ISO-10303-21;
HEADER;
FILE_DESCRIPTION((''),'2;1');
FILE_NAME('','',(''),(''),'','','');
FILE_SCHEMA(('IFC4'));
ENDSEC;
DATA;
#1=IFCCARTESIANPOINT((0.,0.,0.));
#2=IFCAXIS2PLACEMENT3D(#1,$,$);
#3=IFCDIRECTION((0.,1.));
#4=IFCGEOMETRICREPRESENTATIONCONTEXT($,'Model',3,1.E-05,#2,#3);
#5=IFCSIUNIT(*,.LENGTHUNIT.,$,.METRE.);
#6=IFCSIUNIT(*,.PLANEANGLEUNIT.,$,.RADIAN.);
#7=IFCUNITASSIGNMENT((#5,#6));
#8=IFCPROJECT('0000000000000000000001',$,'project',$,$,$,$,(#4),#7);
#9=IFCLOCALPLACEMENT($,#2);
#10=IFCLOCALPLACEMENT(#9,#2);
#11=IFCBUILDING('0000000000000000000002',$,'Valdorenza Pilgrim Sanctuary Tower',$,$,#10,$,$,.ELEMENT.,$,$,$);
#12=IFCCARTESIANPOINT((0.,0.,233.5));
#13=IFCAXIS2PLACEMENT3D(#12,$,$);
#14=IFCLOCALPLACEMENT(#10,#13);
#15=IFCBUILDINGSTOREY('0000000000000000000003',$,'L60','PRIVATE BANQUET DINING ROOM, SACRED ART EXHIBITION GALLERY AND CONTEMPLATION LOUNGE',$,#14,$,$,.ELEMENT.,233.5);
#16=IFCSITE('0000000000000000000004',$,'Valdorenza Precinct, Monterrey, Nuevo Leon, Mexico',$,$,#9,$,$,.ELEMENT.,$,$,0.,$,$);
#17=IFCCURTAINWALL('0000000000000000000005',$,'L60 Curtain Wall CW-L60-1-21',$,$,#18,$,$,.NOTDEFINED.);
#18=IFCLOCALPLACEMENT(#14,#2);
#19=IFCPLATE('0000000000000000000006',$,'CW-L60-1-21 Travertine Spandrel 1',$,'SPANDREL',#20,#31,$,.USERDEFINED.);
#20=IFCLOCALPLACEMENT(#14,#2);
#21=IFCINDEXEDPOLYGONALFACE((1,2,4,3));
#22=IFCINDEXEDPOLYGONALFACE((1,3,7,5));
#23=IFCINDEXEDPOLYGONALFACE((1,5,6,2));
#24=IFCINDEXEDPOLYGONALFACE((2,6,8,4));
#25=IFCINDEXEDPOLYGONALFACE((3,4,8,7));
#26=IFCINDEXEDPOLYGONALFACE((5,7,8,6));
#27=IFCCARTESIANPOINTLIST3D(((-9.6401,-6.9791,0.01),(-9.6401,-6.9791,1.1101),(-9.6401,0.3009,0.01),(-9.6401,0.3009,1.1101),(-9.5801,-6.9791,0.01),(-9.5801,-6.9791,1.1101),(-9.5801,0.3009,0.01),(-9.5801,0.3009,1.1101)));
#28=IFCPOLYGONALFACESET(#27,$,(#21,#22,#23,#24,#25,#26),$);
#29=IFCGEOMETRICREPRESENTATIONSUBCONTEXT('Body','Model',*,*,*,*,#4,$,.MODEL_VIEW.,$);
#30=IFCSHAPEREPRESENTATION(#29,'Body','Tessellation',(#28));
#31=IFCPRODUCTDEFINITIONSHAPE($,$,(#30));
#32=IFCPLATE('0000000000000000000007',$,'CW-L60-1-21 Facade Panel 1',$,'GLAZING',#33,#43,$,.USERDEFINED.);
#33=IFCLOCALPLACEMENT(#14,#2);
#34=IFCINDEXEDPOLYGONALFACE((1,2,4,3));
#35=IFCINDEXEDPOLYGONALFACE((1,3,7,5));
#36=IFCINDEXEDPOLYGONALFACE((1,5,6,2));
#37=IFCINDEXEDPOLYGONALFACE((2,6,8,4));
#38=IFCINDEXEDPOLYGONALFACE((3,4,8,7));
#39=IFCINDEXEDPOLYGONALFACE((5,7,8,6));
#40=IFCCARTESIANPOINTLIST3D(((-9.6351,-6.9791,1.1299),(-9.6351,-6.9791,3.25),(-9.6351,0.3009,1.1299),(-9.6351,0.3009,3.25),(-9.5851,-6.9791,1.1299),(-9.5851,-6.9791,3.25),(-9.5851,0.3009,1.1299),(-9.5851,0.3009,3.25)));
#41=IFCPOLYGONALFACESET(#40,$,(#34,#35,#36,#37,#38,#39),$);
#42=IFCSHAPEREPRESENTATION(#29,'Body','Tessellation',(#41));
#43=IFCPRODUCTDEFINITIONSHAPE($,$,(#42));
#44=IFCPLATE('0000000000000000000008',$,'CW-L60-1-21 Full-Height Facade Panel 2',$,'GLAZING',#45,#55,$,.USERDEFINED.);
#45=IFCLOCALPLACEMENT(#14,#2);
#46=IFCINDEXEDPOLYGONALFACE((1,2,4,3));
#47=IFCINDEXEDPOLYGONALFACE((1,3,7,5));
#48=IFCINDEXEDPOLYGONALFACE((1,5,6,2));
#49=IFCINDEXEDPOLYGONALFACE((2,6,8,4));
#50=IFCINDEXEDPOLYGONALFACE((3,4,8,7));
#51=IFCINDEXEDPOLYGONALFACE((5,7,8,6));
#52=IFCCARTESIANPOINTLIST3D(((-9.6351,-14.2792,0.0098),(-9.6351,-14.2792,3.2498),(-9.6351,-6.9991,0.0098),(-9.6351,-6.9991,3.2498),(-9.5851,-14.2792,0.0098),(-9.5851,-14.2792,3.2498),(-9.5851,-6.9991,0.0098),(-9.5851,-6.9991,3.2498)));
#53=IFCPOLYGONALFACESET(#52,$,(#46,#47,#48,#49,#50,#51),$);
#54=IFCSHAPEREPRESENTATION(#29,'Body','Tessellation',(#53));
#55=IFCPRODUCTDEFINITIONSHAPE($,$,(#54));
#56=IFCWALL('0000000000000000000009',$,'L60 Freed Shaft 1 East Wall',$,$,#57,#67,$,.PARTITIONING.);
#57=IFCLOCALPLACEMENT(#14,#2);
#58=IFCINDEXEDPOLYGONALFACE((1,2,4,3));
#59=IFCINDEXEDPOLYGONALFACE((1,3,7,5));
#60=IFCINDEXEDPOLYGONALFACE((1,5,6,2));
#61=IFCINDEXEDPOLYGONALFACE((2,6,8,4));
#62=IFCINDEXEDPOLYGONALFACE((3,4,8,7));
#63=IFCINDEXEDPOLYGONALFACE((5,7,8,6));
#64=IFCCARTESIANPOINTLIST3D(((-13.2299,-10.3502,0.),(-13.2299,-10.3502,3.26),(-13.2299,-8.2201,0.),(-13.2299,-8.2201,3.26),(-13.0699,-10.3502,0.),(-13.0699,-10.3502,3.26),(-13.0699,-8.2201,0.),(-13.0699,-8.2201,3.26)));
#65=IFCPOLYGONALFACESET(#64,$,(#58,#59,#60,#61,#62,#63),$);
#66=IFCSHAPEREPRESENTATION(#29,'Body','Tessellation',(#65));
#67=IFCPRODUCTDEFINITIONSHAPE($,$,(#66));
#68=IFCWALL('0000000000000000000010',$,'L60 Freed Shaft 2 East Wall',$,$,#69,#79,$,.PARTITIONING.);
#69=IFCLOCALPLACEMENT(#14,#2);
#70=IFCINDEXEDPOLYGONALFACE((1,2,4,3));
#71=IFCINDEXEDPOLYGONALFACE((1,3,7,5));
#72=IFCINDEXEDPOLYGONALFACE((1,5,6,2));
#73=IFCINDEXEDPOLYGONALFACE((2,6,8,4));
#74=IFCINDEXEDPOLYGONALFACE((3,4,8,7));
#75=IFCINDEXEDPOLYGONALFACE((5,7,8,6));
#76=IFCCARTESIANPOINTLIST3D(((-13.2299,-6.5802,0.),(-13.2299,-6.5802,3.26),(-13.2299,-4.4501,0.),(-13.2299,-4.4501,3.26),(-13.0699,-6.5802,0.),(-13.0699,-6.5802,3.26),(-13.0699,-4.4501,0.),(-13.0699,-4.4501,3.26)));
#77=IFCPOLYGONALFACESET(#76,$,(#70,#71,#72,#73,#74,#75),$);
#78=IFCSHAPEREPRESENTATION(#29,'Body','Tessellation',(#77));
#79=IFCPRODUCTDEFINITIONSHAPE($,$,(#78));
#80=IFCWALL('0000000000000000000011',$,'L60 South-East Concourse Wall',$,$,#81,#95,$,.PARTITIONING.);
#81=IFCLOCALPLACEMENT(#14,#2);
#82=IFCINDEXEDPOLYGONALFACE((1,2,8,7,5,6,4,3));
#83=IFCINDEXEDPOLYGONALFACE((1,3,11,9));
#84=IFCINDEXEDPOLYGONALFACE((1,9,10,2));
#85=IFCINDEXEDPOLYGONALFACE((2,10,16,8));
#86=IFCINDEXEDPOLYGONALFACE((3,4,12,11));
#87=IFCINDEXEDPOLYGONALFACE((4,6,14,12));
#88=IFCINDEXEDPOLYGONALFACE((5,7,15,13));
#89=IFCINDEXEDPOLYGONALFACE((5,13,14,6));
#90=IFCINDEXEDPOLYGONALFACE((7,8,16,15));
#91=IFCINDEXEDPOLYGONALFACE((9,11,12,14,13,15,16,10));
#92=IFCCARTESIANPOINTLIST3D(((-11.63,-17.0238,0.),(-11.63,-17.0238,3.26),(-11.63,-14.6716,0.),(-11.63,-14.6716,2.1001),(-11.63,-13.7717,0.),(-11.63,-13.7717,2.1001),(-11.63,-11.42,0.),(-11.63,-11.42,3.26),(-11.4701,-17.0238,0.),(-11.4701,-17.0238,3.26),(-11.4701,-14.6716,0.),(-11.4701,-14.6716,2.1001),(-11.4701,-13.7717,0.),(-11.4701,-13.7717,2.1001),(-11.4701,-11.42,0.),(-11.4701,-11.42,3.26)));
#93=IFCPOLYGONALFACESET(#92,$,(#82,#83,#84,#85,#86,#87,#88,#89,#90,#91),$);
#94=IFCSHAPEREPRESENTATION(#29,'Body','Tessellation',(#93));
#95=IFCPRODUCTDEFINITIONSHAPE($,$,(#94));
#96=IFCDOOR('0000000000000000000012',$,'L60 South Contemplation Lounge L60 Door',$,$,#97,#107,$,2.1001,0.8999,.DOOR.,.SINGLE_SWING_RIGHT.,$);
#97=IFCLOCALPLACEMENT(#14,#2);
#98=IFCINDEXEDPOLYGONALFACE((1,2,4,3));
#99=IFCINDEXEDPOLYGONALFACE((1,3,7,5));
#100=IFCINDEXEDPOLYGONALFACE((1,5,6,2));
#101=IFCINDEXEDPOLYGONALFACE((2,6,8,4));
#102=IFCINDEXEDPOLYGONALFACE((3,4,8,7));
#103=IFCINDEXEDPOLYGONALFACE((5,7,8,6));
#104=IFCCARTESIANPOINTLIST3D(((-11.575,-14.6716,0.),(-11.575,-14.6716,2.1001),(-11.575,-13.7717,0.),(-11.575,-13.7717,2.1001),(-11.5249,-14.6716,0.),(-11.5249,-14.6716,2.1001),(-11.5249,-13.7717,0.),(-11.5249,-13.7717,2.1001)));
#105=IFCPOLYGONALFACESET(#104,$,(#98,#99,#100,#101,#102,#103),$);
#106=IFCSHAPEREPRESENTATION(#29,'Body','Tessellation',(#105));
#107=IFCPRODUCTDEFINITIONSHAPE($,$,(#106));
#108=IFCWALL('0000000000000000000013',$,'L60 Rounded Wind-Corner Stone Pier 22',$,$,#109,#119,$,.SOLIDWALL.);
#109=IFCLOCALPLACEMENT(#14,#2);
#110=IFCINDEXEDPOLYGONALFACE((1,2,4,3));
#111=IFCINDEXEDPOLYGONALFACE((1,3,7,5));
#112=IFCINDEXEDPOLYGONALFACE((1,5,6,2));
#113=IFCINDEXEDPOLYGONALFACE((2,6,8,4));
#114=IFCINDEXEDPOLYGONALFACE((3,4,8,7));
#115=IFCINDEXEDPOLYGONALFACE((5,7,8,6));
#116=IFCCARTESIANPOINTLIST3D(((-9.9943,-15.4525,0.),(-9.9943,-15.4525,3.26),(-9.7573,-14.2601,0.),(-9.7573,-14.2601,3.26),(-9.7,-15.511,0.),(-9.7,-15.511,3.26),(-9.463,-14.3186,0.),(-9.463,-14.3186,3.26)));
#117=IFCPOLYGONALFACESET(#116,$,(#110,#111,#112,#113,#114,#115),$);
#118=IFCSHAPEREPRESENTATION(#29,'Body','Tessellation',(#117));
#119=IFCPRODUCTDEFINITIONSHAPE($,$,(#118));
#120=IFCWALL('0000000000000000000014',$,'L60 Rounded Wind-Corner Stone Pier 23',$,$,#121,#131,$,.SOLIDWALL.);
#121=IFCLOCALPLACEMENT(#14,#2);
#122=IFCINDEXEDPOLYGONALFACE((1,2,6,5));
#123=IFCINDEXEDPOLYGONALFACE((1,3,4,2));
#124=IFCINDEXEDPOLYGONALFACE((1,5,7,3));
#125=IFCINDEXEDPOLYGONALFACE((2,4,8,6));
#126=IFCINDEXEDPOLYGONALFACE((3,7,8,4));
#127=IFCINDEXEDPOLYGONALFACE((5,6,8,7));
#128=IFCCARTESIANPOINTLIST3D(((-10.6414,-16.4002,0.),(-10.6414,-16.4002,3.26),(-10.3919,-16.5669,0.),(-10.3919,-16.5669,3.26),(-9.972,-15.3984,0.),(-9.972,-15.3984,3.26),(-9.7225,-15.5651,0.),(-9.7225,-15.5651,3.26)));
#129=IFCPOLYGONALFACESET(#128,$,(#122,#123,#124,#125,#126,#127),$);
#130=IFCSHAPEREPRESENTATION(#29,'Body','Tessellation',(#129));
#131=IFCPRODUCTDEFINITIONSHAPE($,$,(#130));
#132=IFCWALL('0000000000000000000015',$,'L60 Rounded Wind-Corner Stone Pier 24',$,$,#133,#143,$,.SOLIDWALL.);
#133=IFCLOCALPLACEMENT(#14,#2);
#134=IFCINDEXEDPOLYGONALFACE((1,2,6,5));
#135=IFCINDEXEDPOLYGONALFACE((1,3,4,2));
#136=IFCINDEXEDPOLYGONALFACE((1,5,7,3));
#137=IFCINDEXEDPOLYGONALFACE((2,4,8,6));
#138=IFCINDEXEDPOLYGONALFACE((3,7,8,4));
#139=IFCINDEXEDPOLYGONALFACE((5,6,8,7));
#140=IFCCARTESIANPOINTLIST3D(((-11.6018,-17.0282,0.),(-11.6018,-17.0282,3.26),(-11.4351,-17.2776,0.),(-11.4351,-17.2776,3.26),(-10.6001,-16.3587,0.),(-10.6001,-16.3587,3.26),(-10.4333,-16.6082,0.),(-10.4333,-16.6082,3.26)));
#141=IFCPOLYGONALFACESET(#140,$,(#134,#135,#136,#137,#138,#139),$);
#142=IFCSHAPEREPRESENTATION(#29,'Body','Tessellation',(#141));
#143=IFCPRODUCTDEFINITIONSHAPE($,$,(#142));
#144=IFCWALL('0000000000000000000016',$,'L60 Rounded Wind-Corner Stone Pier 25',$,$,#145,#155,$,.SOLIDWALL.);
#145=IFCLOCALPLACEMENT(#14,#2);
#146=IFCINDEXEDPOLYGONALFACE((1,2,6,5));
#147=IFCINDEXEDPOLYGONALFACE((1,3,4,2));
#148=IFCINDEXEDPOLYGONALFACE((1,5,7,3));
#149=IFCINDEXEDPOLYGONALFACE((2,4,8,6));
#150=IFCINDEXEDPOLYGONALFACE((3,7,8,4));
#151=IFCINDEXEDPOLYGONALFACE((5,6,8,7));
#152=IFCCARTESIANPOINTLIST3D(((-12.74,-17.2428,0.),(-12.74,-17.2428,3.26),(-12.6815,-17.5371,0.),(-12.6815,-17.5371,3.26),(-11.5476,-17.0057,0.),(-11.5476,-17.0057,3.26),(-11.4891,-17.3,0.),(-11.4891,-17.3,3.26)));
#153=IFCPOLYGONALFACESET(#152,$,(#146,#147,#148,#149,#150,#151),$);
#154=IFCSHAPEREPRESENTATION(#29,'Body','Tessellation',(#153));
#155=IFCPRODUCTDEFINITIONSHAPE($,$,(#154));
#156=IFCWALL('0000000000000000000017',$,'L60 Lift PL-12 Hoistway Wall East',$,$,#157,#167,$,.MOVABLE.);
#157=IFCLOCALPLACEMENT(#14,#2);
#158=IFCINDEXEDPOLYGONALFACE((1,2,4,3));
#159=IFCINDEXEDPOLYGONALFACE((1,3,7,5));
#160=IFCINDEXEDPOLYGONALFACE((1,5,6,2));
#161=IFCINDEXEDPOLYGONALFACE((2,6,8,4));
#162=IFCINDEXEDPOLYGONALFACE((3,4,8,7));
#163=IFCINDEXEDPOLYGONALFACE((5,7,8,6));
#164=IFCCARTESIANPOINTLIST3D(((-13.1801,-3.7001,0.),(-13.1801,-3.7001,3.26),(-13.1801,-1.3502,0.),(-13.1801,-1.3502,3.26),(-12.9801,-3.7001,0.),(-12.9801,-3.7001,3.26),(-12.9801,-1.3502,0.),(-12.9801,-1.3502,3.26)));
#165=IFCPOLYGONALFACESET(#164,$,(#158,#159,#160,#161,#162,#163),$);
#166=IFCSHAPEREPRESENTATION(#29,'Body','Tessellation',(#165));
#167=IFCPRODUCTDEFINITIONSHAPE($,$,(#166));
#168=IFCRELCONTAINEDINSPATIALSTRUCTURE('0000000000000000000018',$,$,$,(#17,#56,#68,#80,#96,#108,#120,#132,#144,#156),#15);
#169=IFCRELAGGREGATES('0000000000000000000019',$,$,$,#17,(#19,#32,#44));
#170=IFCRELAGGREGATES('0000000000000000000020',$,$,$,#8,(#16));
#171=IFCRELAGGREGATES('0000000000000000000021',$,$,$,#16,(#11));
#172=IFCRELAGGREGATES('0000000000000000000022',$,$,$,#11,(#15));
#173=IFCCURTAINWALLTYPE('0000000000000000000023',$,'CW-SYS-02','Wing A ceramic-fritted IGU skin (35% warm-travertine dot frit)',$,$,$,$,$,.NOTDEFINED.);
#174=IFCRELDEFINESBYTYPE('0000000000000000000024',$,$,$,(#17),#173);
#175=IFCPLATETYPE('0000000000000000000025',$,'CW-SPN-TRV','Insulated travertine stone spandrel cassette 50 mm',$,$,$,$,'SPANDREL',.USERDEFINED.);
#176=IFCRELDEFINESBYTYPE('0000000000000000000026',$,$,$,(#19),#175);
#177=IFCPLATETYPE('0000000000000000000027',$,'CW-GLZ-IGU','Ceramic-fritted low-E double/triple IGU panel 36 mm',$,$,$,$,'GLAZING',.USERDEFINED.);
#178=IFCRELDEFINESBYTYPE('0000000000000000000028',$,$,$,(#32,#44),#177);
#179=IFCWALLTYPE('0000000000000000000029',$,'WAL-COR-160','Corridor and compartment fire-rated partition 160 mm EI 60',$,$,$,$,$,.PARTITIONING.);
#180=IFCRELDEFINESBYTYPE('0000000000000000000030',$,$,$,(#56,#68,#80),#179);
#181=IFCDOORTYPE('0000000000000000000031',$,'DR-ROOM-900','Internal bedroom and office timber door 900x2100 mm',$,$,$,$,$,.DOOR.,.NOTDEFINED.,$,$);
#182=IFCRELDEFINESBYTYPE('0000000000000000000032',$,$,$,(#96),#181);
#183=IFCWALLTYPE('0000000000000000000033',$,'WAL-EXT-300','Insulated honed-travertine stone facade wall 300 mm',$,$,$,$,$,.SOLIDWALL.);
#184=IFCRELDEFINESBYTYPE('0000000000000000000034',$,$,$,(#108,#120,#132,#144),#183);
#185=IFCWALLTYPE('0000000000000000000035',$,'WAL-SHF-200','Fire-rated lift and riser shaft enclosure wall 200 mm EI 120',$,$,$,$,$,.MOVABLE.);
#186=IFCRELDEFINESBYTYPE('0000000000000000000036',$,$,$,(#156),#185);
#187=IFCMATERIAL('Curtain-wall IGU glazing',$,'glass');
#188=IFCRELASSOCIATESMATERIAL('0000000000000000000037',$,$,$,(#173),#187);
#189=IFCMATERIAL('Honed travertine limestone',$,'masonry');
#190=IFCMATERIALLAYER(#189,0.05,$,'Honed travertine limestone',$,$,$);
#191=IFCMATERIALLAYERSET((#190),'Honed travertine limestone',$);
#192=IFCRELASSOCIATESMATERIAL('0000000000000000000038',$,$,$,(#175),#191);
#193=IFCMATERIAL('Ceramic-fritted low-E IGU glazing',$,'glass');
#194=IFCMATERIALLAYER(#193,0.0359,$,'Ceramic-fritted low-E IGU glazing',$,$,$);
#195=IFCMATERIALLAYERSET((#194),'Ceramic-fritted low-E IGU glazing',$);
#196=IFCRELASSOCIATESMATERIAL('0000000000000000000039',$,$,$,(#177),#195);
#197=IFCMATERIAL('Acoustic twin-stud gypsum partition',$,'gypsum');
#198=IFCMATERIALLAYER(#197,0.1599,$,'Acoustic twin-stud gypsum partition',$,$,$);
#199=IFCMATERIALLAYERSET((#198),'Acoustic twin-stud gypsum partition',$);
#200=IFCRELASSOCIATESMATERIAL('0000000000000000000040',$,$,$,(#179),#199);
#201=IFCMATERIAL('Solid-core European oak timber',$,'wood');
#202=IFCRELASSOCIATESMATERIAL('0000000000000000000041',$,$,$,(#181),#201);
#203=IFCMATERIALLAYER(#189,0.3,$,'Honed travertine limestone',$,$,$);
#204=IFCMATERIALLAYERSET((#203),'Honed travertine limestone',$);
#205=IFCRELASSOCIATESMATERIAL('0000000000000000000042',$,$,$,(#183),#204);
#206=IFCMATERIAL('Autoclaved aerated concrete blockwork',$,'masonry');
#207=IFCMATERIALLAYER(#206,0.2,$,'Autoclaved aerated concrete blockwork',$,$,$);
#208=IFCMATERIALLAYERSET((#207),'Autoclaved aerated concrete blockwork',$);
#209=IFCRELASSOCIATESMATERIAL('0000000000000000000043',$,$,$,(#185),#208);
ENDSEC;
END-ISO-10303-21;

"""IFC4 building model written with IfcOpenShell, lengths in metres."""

from ifc_helpers import new_model, si_unit, direction, frame, frame_2d, origin, origin_2d, place, context, subcontext, project, spatial, rectangle, extrude, source, transform, mapped, material, layer, layer_set, type_object, element, fill, aggregate, save


model = new_model("IFC4")

# Units and contexts
model_context = context("Model", 3, precision=1e-05, world=origin(), true_north=direction((0.0, 1.0)))
body_context = subcontext(model_context, "Body", "Model", "MODEL_VIEW")
ifc_project = project(units=[si_unit("LENGTHUNIT", "METRE"), si_unit("PLANEANGLEUNIT", "RADIAN")], contexts=[model_context])

# Site, building, storey
site_placement = place(None, origin())
site = spatial("IfcSite", under=ifc_project, at=site_placement, Name="Valdorenza Precinct, Monterrey, Nuevo Leon, Mexico", CompositionType="ELEMENT", RefElevation=0.0)
building_placement = place(site_placement, origin())
building = spatial("IfcBuilding", under=site, at=building_placement, Name="Valdorenza Pilgrim Sanctuary Tower", CompositionType="ELEMENT")
storey_placement = place(building_placement, frame((0.0, 0.0, 233.5)))
storey = spatial("IfcBuildingStorey", under=building, at=storey_placement, Name="L60", Description="PRIVATE BANQUET DINING ROOM, SACRED ART EXHIBITION GALLERY AND CONTEMPLATION LOUNGE", CompositionType="ELEMENT", Elevation=233.5)

# Shared definitions
ifc_material_1 = material(Name="Curtain-wall IGU glazing", Category="glass")
curtain_wall_type = type_object("IfcCurtainWallType", Name="CW-SYS-02", Description="Wing A ceramic-fritted IGU skin (35% warm-travertine dot frit)", PredefinedType="NOTDEFINED", material=ifc_material_1)

# Curtain wall
curtain_wall_1_placement = place(storey_placement, origin())
curtain_wall_1 = element("IfcCurtainWall", 1, at=curtain_wall_1_placement, inside=storey, type_object=curtain_wall_type, Name="L60 Curtain Wall CW-L60-1-21", PredefinedType="NOTDEFINED")

# Plates
ifc_material_2 = material(Name="Honed travertine limestone", Category="masonry")
ifc_layer_1 = layer(ifc_material_2, 0.05, Name="Honed travertine limestone")
ifc_layer_set_1 = layer_set([ifc_layer_1], Name="Honed travertine limestone")
plate_type_1 = type_object("IfcPlateType", Name="CW-SPN-TRV", Description="Insulated travertine stone spandrel cassette 50 mm", ElementType="SPANDREL", PredefinedType="USERDEFINED", material=ifc_layer_set_1)
shared_shape_1 = source(origin(), body_context, "Body", "SweptSolid", [
    extrude(rectangle(XDim=7.28, YDim=0.0601, at=origin_2d()), origin(), (0.0, 0.0, 1.0), 1.1001),
])
plate_1_placement = place(storey_placement, frame((-9.6101, -3.3391, 0.01), z_axis=(0.0, 0.0, 1.0), x_axis=(0.0, -1.0, 0.0)))
plate_1 = element("IfcPlate", 2, at=plate_1_placement, type_object=plate_type_1, Name="CW-L60-1-21 Travertine Spandrel 1", ObjectType="SPANDREL", PredefinedType="USERDEFINED", context=body_context, shape_type="MappedRepresentation", body=[
    mapped(shared_shape_1, transform((0.0, 0.0, 0.0), x_axis=(1.0, 0.0, 0.0), y_axis=(0.0, 1.0, 0.0), z_axis=(0.0, 0.0, 1.0), scale=1.0)),
])
ifc_material_3 = material(Name="Ceramic-fritted low-E IGU glazing", Category="glass")
ifc_layer_2 = layer(ifc_material_3, 0.0359, Name="Ceramic-fritted low-E IGU glazing")
ifc_layer_set_2 = layer_set([ifc_layer_2], Name="Ceramic-fritted low-E IGU glazing")
plate_type_2 = type_object("IfcPlateType", Name="CW-GLZ-IGU", Description="Ceramic-fritted low-E double/triple IGU panel 36 mm", ElementType="GLAZING", PredefinedType="USERDEFINED", material=ifc_layer_set_2)
shared_shape_2 = source(origin(), body_context, "Body", "SweptSolid", [
    extrude(rectangle(XDim=7.28, YDim=0.05, at=origin_2d()), origin(), (0.0, 0.0, 1.0), 2.1201),
])
plate_2_placement = place(storey_placement, frame((-9.6101, -3.3391, 1.1299), z_axis=(0.0, 0.0, 1.0), x_axis=(0.0, -1.0, 0.0)))
plate_2 = element("IfcPlate", 3, at=plate_2_placement, type_object=plate_type_2, Name="CW-L60-1-21 Facade Panel 1", ObjectType="GLAZING", PredefinedType="USERDEFINED", context=body_context, shape_type="MappedRepresentation", body=[
    mapped(shared_shape_2, transform((0.0, 0.0, 0.0), x_axis=(1.0, 0.0, 0.0), y_axis=(0.0, 1.0, 0.0), z_axis=(0.0, 0.0, 1.0), scale=1.0)),
])
shared_shape_3 = source(origin(), body_context, "Body", "SweptSolid", [
    extrude(rectangle(XDim=7.28, YDim=0.05, at=origin_2d()), origin(), (0.0, 0.0, 1.0), 3.24),
])
plate_3_placement = place(storey_placement, frame((-9.6101, -10.6392, 0.0098), z_axis=(0.0, 0.0, 1.0), x_axis=(0.0, -1.0, 0.0)))
plate_3 = element("IfcPlate", 4, at=plate_3_placement, type_object=plate_type_2, Name="CW-L60-1-21 Full-Height Facade Panel 2", ObjectType="GLAZING", PredefinedType="USERDEFINED", context=body_context, shape_type="MappedRepresentation", body=[
    mapped(shared_shape_3, transform((0.0, 0.0, 0.0), x_axis=(1.0, 0.0, 0.0), y_axis=(0.0, 1.0, 0.0), z_axis=(0.0, 0.0, 1.0), scale=1.0)),
])
aggregate(curtain_wall_1, [plate_1, plate_2, plate_3])

# Walls
ifc_material_4 = material(Name="Acoustic twin-stud gypsum partition", Category="gypsum")
ifc_layer_3 = layer(ifc_material_4, 0.1599, Name="Acoustic twin-stud gypsum partition")
ifc_layer_set_3 = layer_set([ifc_layer_3], Name="Acoustic twin-stud gypsum partition")
wall_type_1 = type_object("IfcWallType", Name="WAL-COR-160", Description="Corridor and compartment fire-rated partition 160 mm EI 60", PredefinedType="PARTITIONING", material=ifc_layer_set_3)
for number, where, z_axis, x_axis, name in (
    (5, (-13.1499, -10.3501, 0.0), (0.0, 0.0, 1.0), (0.0, 1.0, 0.0), "L60 Freed Shaft 1 East Wall"),
    (6, (-13.1499, -6.5801, 0.0), (0.0, 0.0, 1.0), (0.0, 1.0, 0.0), "L60 Freed Shaft 2 East Wall"),
):
    element("IfcWall", number, at=place(storey_placement, frame(where, z_axis=z_axis, x_axis=x_axis)), inside=storey, type_object=wall_type_1, Name=name, PredefinedType="PARTITIONING", context=body_context, shape_type="SweptSolid", body=[
        extrude(rectangle(XDim=2.1301, YDim=0.1599, at=frame_2d((1.0649, 0.0))), origin(), (0.0, 0.0, 1.0), 3.26),
    ])

# Wall, opening, door
wall_1_placement = place(storey_placement, frame((-11.55, -17.0237, 0.0), z_axis=(0.0, 0.0, 1.0), x_axis=(0.0, 1.0, 0.0)))
wall_1 = element("IfcWall", 7, at=wall_1_placement, inside=storey, type_object=wall_type_1, Name="L60 South-East Concourse Wall", PredefinedType="PARTITIONING", context=body_context, shape_type="SweptSolid", body=[
    extrude(rectangle(XDim=5.6038, YDim=0.1599, at=frame_2d((2.8018, 0.0))), origin(), (0.0, 0.0, 1.0), 3.26),
])
opening_placement = place(wall_1_placement, frame((2.3521, 0.0, 0.0)))
opening = element("IfcOpeningElement", 8, at=opening_placement, cuts=wall_1, PredefinedType="OPENING", context=body_context, shape_type="SweptSolid", body=[
    extrude(rectangle(XDim=0.8999, YDim=2.1001, at=frame_2d((0.45, 1.05))), frame((0.0, 0.0947, 0.0), z_axis=(0.0, -1.0, 0.0), x_axis=(1.0, 0.0, 0.0)), (0.0, 0.0, 1.0), 0.1897),
])
ifc_material_5 = material(Name="Solid-core European oak timber", Category="wood")
door_type = type_object("IfcDoorType", Name="DR-ROOM-900", Description="Internal bedroom and office timber door 900x2100 mm", OperationType="NOTDEFINED", PredefinedType="DOOR", material=ifc_material_5)
door_placement = place(opening_placement, origin())
door = element("IfcDoor", 9, at=door_placement, inside=storey, type_object=door_type, Name="L60 South Contemplation Lounge L60 Door", OperationType="SINGLE_SWING_RIGHT", OverallHeight=2.1001, OverallWidth=0.8999, PredefinedType="DOOR", context=body_context, shape_type="SweptSolid", body=[
    extrude(rectangle(XDim=0.8999, YDim=2.1001, at=frame_2d((0.45, 1.05))), frame((0.0, 0.0249, 0.0), z_axis=(0.0, -1.0, 0.0), x_axis=(1.0, 0.0, 0.0)), (0.0, 0.0, 1.0), 0.05),
])
fill(opening, door)

# Walls
ifc_layer_4 = layer(ifc_material_2, 0.3, Name="Honed travertine limestone")
ifc_layer_set_4 = layer_set([ifc_layer_4], Name="Honed travertine limestone")
wall_type_2 = type_object("IfcWallType", Name="WAL-EXT-300", Description="Insulated honed-travertine stone facade wall 300 mm", PredefinedType="SOLIDWALL", material=ifc_layer_set_4)
wall_2_placement = place(storey_placement, frame((-9.6101, -14.2893, 0.0), z_axis=(0.0, 0.0, 1.0), x_axis=(-0.194996, -0.980804, 0.0)))
element("IfcWall", 10, at=wall_2_placement, inside=storey, type_object=wall_type_2, Name="L60 Rounded Wind-Corner Stone Pier 22", PredefinedType="SOLIDWALL", context=body_context, shape_type="SweptSolid", body=[
    extrude(rectangle(XDim=1.2158, YDim=0.3, at=frame_2d((0.6079, 0.0))), origin(), (0.0, 0.0, 1.0), 3.26),
])
for number, where, z_axis, x_axis, name in (
    (11, (-9.8472, -15.4817, 0.0), (0.0, 0.0, 1.0), (-0.555635, -0.831426, 0.0), "L60 Rounded Wind-Corner Stone Pier 23"),
    (12, (-10.5166, -16.4834, 0.0), (0.0, 0.0, 1.0), (-0.831426, -0.555635, 0.0), "L60 Rounded Wind-Corner Stone Pier 24"),
):
    element("IfcWall", number, at=place(storey_placement, frame(where, z_axis=z_axis, x_axis=x_axis)), inside=storey, type_object=wall_type_2, Name=name, PredefinedType="SOLIDWALL", context=body_context, shape_type="SweptSolid", body=[
        extrude(rectangle(XDim=1.2048, YDim=0.3, at=frame_2d((0.6025, 0.0))), origin(), (0.0, 0.0, 1.0), 3.26),
    ])
wall_3_placement = place(storey_placement, frame((-11.5183, -17.1528, 0.0), z_axis=(0.0, 0.0, 1.0), x_axis=(-0.980804, -0.194996, 0.0)))
element("IfcWall", 13, at=wall_3_placement, inside=storey, type_object=wall_type_2, Name="L60 Rounded Wind-Corner Stone Pier 25", PredefinedType="SOLIDWALL", context=body_context, shape_type="SweptSolid", body=[
    extrude(rectangle(XDim=1.2158, YDim=0.3, at=frame_2d((0.6079, 0.0))), origin(), (0.0, 0.0, 1.0), 3.26),
])
ifc_material_6 = material(Name="Autoclaved aerated concrete blockwork", Category="masonry")
ifc_layer_5 = layer(ifc_material_6, 0.2, Name="Autoclaved aerated concrete blockwork")
ifc_layer_set_5 = layer_set([ifc_layer_5], Name="Autoclaved aerated concrete blockwork")
wall_type_3 = type_object("IfcWallType", Name="WAL-SHF-200", Description="Fire-rated lift and riser shaft enclosure wall 200 mm EI 120", PredefinedType="MOVABLE", material=ifc_layer_set_5)
wall_4_placement = place(storey_placement, frame((-13.0801, -3.7, 0.0), z_axis=(0.0, 0.0, 1.0), x_axis=(0.0, 1.0, 0.0)))
element("IfcWall", 14, at=wall_4_placement, inside=storey, type_object=wall_type_3, Name="L60 Lift PL-12 Hoistway Wall East", PredefinedType="MOVABLE", context=body_context, shape_type="SweptSolid", body=[
    extrude(rectangle(XDim=2.3499, YDim=0.2, at=frame_2d((1.1748, 0.0))), origin(), (0.0, 0.0, 1.0), 3.26),
])

save(model, "model.ifc")
